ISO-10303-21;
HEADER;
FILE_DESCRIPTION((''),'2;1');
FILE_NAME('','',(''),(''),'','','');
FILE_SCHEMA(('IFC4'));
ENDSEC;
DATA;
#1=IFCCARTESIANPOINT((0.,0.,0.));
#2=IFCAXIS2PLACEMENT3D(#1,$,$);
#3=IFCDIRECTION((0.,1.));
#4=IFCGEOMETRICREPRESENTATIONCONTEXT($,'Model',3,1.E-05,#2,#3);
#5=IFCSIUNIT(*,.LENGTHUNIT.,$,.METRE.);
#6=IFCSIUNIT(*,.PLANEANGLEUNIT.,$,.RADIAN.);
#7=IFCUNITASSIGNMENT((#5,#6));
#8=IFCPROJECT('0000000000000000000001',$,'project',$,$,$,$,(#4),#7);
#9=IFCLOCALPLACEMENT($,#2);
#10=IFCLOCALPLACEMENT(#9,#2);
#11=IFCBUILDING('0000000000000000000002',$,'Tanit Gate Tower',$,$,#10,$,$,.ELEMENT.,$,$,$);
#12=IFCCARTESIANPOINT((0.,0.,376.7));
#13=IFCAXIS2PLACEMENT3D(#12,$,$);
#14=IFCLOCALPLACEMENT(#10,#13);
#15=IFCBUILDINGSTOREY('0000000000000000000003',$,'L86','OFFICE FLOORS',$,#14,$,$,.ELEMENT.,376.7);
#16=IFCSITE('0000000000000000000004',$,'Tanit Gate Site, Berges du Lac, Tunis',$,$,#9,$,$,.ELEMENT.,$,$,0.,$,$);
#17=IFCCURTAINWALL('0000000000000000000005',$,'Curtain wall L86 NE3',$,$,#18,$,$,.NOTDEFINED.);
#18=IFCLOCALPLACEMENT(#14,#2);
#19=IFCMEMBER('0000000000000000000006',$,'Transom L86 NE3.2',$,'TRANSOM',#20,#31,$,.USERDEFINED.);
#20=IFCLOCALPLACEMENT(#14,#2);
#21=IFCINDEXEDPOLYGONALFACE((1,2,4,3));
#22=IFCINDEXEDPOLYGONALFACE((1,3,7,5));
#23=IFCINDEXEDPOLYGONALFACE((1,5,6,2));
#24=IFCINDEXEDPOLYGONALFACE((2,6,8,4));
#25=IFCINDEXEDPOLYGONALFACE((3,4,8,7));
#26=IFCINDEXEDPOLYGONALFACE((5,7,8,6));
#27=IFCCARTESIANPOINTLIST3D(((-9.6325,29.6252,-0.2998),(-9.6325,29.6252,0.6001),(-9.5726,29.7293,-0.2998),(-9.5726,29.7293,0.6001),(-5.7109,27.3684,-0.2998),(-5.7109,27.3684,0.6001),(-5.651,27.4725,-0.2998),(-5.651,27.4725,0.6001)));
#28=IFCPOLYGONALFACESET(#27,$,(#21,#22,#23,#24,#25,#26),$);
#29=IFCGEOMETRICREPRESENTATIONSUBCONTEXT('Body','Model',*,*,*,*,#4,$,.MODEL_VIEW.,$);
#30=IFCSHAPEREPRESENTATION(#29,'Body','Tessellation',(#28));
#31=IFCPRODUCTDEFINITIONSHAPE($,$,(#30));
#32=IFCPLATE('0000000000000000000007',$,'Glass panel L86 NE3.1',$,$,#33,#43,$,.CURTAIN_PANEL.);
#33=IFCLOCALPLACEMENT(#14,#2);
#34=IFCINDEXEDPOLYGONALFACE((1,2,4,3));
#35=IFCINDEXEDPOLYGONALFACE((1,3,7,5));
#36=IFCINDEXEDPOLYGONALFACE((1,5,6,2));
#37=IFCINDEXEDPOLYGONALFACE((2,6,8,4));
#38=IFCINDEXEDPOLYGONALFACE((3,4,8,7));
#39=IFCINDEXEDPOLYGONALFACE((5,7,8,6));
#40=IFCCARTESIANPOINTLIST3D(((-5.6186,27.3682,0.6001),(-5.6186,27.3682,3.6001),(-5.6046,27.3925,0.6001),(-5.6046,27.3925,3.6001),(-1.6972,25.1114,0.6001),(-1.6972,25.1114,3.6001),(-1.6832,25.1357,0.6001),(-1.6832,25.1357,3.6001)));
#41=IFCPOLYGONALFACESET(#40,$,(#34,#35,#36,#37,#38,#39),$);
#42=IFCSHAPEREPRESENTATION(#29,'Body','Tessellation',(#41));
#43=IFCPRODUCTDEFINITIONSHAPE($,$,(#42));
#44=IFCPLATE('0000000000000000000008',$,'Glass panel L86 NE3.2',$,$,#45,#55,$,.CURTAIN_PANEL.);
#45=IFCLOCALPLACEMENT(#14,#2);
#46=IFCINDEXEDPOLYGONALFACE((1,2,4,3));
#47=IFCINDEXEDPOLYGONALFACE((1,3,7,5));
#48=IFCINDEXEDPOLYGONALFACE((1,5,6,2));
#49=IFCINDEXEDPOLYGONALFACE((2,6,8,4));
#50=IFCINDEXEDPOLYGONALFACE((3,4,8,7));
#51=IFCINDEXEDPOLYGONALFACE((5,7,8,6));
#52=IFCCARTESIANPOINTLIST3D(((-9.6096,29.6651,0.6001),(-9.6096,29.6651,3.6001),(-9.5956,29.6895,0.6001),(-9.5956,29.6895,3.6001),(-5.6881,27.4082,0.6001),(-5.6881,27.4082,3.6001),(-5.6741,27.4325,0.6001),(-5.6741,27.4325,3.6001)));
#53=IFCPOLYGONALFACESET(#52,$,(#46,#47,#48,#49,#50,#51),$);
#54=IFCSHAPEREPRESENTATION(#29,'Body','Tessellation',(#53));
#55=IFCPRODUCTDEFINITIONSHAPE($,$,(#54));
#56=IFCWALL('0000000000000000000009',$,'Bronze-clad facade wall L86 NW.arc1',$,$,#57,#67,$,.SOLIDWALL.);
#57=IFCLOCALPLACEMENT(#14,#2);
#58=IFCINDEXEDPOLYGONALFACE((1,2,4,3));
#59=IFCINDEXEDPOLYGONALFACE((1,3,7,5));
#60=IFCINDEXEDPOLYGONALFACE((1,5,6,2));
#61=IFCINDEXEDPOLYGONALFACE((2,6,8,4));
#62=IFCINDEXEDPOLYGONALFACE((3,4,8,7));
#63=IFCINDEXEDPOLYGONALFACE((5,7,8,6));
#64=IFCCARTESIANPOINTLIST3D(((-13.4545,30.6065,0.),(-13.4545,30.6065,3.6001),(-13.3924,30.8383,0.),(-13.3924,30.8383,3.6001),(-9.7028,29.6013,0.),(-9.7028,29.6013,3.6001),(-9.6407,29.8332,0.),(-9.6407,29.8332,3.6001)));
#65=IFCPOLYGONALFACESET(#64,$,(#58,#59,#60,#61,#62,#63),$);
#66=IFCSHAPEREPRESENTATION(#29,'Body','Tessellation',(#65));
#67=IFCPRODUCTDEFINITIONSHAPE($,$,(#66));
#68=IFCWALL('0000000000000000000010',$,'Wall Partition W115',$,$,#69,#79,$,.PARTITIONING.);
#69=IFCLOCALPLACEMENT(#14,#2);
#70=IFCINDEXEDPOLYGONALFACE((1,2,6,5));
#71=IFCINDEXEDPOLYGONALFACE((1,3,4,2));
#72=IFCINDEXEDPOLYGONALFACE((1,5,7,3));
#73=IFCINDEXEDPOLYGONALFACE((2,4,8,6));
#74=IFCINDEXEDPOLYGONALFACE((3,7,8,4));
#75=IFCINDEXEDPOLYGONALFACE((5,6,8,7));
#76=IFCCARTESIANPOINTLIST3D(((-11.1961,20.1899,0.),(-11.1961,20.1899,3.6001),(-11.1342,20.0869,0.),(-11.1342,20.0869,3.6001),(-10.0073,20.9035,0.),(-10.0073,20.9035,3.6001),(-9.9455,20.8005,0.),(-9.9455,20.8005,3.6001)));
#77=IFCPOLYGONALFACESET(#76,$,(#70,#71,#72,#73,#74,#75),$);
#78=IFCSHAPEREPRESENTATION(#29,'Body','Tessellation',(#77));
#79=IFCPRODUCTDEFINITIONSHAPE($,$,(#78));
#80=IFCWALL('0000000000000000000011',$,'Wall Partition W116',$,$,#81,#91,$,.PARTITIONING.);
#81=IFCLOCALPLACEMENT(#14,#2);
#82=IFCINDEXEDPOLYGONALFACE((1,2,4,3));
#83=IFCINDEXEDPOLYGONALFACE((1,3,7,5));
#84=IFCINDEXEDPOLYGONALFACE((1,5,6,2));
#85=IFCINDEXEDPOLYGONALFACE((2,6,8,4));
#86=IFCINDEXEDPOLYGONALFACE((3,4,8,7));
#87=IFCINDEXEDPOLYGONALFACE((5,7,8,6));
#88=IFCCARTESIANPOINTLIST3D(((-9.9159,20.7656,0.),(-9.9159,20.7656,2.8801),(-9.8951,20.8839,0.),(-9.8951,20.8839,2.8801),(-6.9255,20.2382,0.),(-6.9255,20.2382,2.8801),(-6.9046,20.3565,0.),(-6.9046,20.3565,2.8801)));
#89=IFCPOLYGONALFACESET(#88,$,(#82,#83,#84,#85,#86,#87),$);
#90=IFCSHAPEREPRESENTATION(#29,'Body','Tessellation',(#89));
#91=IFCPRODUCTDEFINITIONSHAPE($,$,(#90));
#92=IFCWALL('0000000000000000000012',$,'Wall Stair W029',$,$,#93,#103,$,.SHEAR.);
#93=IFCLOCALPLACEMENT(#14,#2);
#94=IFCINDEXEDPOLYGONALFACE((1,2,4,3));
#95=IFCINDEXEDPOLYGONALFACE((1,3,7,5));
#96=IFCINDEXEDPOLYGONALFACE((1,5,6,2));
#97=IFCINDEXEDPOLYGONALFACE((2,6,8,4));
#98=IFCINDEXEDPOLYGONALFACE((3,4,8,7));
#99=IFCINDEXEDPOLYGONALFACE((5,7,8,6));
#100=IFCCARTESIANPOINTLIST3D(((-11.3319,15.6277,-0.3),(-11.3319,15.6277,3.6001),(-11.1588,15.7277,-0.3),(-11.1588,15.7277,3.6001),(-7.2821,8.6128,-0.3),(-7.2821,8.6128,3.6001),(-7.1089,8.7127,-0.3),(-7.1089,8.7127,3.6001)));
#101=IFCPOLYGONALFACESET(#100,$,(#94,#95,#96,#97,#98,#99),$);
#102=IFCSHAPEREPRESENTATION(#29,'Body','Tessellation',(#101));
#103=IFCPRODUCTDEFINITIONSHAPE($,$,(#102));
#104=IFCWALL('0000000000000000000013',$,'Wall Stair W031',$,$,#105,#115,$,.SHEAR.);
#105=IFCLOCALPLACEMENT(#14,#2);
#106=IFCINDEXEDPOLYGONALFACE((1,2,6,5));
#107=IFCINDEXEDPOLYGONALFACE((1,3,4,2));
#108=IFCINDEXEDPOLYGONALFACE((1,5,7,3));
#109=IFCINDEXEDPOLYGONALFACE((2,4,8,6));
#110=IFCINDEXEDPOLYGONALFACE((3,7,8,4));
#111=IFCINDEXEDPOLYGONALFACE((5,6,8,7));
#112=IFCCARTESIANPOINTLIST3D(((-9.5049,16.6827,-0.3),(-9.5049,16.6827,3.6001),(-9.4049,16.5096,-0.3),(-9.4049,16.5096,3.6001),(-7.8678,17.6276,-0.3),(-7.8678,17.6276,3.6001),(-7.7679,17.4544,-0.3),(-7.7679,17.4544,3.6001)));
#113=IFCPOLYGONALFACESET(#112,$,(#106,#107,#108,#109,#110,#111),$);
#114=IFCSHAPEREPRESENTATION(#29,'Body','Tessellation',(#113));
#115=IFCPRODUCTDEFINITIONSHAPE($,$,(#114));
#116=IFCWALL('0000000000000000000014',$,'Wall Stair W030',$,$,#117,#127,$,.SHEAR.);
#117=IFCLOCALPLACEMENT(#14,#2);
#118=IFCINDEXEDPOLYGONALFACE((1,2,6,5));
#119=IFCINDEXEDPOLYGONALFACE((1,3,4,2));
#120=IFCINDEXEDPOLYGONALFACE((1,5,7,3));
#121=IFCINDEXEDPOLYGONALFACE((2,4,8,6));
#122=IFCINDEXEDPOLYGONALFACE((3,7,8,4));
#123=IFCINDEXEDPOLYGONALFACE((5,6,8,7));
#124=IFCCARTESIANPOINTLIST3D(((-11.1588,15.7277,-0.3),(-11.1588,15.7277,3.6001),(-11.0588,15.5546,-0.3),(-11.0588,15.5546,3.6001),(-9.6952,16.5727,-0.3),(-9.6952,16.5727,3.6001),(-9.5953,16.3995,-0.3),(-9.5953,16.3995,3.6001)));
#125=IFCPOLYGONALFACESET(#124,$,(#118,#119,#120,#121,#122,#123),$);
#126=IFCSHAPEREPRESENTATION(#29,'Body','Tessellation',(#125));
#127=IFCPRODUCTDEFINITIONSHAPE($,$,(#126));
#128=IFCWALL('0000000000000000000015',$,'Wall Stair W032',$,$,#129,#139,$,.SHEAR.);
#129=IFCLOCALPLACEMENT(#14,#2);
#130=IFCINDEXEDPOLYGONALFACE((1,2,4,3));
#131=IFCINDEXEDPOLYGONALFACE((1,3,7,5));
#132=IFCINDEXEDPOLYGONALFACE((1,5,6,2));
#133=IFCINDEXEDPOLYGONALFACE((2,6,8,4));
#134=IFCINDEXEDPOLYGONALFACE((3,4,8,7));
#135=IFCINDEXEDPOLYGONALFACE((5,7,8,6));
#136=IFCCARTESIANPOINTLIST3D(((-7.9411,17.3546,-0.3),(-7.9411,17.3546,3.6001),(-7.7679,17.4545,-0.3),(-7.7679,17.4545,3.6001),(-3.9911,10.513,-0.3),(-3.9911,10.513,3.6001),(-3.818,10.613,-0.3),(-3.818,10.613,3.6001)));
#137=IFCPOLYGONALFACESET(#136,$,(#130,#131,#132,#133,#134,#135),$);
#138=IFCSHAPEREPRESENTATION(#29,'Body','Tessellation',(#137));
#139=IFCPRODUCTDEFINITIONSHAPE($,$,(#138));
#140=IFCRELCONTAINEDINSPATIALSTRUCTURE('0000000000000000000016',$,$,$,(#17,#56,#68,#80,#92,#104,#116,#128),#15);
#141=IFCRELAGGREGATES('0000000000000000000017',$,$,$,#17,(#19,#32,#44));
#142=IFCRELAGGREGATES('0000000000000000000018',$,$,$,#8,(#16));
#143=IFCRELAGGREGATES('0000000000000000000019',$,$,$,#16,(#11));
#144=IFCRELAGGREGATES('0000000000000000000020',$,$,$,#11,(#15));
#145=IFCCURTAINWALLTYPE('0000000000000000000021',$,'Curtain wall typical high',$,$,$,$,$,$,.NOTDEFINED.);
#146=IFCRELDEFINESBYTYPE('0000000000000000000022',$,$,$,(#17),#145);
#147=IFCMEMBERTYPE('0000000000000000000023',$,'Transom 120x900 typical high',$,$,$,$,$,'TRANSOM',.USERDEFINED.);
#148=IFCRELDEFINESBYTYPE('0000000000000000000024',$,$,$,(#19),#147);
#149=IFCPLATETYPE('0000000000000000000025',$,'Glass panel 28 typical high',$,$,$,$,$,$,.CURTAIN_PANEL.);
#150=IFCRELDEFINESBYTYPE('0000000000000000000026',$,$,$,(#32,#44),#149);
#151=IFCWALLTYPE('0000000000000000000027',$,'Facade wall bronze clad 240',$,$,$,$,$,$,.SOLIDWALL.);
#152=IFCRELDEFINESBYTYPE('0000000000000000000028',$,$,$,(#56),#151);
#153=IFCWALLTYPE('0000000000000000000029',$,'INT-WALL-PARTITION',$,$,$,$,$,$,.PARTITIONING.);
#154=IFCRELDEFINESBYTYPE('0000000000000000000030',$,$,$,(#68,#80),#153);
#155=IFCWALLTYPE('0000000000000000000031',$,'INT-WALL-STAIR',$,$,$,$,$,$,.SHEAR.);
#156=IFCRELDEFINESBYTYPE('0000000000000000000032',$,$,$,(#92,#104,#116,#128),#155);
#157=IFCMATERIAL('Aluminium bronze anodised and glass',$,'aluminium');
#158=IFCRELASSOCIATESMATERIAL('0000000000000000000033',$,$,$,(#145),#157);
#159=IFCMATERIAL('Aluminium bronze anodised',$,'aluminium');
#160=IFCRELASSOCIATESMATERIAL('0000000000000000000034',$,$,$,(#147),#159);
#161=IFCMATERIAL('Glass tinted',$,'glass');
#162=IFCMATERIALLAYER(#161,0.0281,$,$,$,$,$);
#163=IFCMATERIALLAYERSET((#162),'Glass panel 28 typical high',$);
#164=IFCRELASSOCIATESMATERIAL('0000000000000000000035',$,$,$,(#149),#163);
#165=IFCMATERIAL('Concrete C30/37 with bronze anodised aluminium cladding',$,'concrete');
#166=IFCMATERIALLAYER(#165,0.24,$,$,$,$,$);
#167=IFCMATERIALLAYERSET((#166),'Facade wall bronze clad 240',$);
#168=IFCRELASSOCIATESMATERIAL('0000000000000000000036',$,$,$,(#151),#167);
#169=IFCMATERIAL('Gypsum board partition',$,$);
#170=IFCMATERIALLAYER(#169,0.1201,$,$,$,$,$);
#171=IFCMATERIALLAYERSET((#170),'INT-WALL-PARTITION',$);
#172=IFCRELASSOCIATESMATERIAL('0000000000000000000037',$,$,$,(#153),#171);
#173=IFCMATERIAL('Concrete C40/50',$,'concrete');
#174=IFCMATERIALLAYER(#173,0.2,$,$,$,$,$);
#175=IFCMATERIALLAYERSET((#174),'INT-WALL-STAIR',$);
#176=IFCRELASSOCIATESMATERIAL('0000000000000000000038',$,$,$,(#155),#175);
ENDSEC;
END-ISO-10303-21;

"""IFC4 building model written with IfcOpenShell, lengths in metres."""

from ifc_helpers import new_model, si_unit, direction, frame, frame_2d, origin, origin_2d, place, context, subcontext, project, spatial, rectangle, extrude, material, layer, layer_set, material_profile, profile_set, type_object, element, aggregate, save


model = new_model("IFC4")

# Units and contexts
model_context = context("Model", 3, precision=1e-05, world=origin(), true_north=direction((0.0, 1.0)))
body_context = subcontext(model_context, "Body", "Model", "MODEL_VIEW")
ifc_project = project(units=[si_unit("LENGTHUNIT", "METRE"), si_unit("PLANEANGLEUNIT", "RADIAN")], contexts=[model_context])

# Site, building, storey
site_placement = place(None, origin())
site = spatial("IfcSite", under=ifc_project, at=site_placement, Name="Tanit Gate Site, Berges du Lac, Tunis", CompositionType="ELEMENT", RefElevation=0.0)
building_placement = place(site_placement, origin())
building = spatial("IfcBuilding", under=site, at=building_placement, Name="Tanit Gate Tower", CompositionType="ELEMENT")
storey_placement = place(building_placement, frame((0.0, 0.0, 376.7)))
storey = spatial("IfcBuildingStorey", under=building, at=storey_placement, Name="L86", Description="OFFICE FLOORS", CompositionType="ELEMENT", Elevation=376.7)

# Curtain wall
ifc_material_1 = material(Name="Aluminium bronze anodised and glass", Category="aluminium")
curtain_wall_type = type_object("IfcCurtainWallType", Name="Curtain wall typical high", PredefinedType="NOTDEFINED", material=ifc_material_1)
curtain_wall_placement = place(storey_placement, origin())
curtain_wall = element("IfcCurtainWall", 1, at=curtain_wall_placement, inside=storey, type_object=curtain_wall_type, Name="Curtain wall L86 NE3", PredefinedType="NOTDEFINED")

# Member
ifc_material_2 = material(Name="Aluminium bronze anodised", Category="aluminium")
ifc_material_profile_1 = material_profile(ifc_material_2, rectangle(XDim=0.1201, YDim=0.8999, at=origin_2d()), Name="120x900 bronze transom")
ifc_profile_set_1 = profile_set([ifc_material_profile_1], Name="Aluminium bronze anodised")
member_type_1 = type_object("IfcMemberType", Name="Transom 120x900 typical high", ElementType="TRANSOM", PredefinedType="USERDEFINED", material=ifc_profile_set_1)
member_1_placement = place(storey_placement, frame((-5.6809, 27.4204, 0.1501), z_axis=(-0.866725, 0.498786, 0.0), x_axis=(-0.498786, -0.866725, 0.0)))
member_1 = element("IfcMember", 2, at=member_1_placement, type_object=member_type_1, Name="Transom L86 NE3.2", ObjectType="TRANSOM", PredefinedType="USERDEFINED", context=body_context, shape_type="SweptSolid", body=[
    extrude(rectangle(XDim=0.1201, YDim=0.8999, at=origin_2d()), origin(), (0.0, 0.0, 1.0), 4.5247),
])

# Plates
ifc_material_3 = material(Name="Glass tinted", Category="glass")
ifc_layer_1 = layer(ifc_material_3, 0.0281)
ifc_layer_set_1 = layer_set([ifc_layer_1], Name="Glass panel 28 typical high")
plate_type = type_object("IfcPlateType", Name="Glass panel 28 typical high", PredefinedType="CURTAIN_PANEL", material=ifc_layer_set_1)
plate_1_placement = place(storey_placement, frame((-3.6509, 26.252, 0.6001), z_axis=(0.0, 0.0, 1.0), x_axis=(-0.86671, 0.498812, 0.0)))
plate_1 = element("IfcPlate", 3, at=plate_1_placement, type_object=plate_type, Name="Glass panel L86 NE3.1", PredefinedType="CURTAIN_PANEL", context=body_context, shape_type="SweptSolid", body=[
    extrude(rectangle(XDim=4.5244, YDim=0.0281, at=origin_2d()), origin(), (0.0, 0.0, 1.0), 3.0),
])
plate_2_placement = place(storey_placement, frame((-7.6418, 28.5488, 0.6001), z_axis=(0.0, 0.0, 1.0), x_axis=(-0.86671, 0.498812, 0.0)))
plate_2 = element("IfcPlate", 4, at=plate_2_placement, type_object=plate_type, Name="Glass panel L86 NE3.2", PredefinedType="CURTAIN_PANEL", context=body_context, shape_type="SweptSolid", body=[
    extrude(rectangle(XDim=4.5247, YDim=0.0281, at=origin_2d()), origin(), (0.0, 0.0, 1.0), 3.0),
])
aggregate(curtain_wall, [member_1, plate_1, plate_2])

# Walls
ifc_material_4 = material(Name="Concrete C30/37 with bronze anodised aluminium cladding", Category="concrete")
ifc_layer_2 = layer(ifc_material_4, 0.24)
ifc_layer_set_2 = layer_set([ifc_layer_2], Name="Facade wall bronze clad 240")
wall_type_1 = type_object("IfcWallType", Name="Facade wall bronze clad 240", PredefinedType="SOLIDWALL", material=ifc_layer_set_2)
wall_1_placement = place(storey_placement, frame((-9.6719, 29.7173, 0.0), z_axis=(0.0, 0.0, 1.0), x_axis=(-0.965935, 0.258785, 0.0)))
element("IfcWall", 5, at=wall_1_placement, inside=storey, type_object=wall_type_1, Name="Bronze-clad facade wall L86 NW.arc1", PredefinedType="SOLIDWALL", context=body_context, shape_type="SweptSolid", body=[
    extrude(rectangle(XDim=3.884, YDim=0.24, at=frame_2d((1.9419, 0.0))), origin(), (0.0, 0.0, 1.0), 3.6001),
])
ifc_material_5 = material(Name="Gypsum board partition")
ifc_layer_3 = layer(ifc_material_5, 0.1201)
ifc_layer_set_3 = layer_set([ifc_layer_3], Name="INT-WALL-PARTITION")
wall_type_2 = type_object("IfcWallType", Name="INT-WALL-PARTITION", PredefinedType="PARTITIONING", material=ifc_layer_set_3)
wall_2_placement = place(storey_placement, frame((-9.9763, 20.8521, 0.0), z_axis=(0.0, 0.0, 1.0), x_axis=(-0.857369, -0.514703, 0.0)))
element("IfcWall", 6, at=wall_2_placement, inside=storey, type_object=wall_type_2, Name="Wall Partition W115", PredefinedType="PARTITIONING", context=body_context, shape_type="SweptSolid", body=[
    extrude(rectangle(XDim=1.3865, YDim=0.1201, at=frame_2d((0.6934, 0.0))), origin(), (0.0, 0.0, 1.0), 3.6001),
])
wall_3_placement = place(storey_placement, frame((-6.915, 20.2974, 0.0), z_axis=(0.0, 0.0, 1.0), x_axis=(-0.984805, 0.173661, 0.0)))
element("IfcWall", 7, at=wall_3_placement, inside=storey, type_object=wall_type_2, Name="Wall Partition W116", PredefinedType="PARTITIONING", context=body_context, shape_type="SweptSolid", body=[
    extrude(rectangle(XDim=3.0366, YDim=0.1201, at=frame_2d((1.5183, 0.0))), origin(), (0.0, 0.0, 1.0), 2.8801),
])
ifc_material_6 = material(Name="Concrete C40/50", Category="concrete")
ifc_layer_4 = layer(ifc_material_6, 0.2)
ifc_layer_set_4 = layer_set([ifc_layer_4], Name="INT-WALL-STAIR")
wall_type_3 = type_object("IfcWallType", Name="INT-WALL-STAIR", PredefinedType="SHEAR", material=ifc_layer_set_4)
wall_4_placement = place(storey_placement, frame((-11.2454, 15.6777, -0.3), z_axis=(0.0, 0.0, 1.0), x_axis=(0.499977, -0.866039, 0.0)))
element("IfcWall", 8, at=wall_4_placement, inside=storey, type_object=wall_type_3, Name="Wall Stair W029", PredefinedType="SHEAR", context=body_context, shape_type="SweptSolid", body=[
    extrude(rectangle(XDim=8.1001, YDim=0.2, at=frame_2d((4.05, 0.0))), origin(), (0.0, 0.0, 1.0), 3.9001),
])
wall_5_placement = place(storey_placement, frame((-7.8179, 17.541, -0.3), z_axis=(0.0, 0.0, 1.0), x_axis=(-0.866089, -0.49989, 0.0)))
element("IfcWall", 9, at=wall_5_placement, inside=storey, type_object=wall_type_3, Name="Wall Stair W031", PredefinedType="SHEAR", context=body_context, shape_type="SweptSolid", body=[
    extrude(rectangle(XDim=1.8901, YDim=0.2, at=frame_2d((0.9451, 0.0))), origin(), (0.0, 0.0, 1.0), 3.9001),
])
wall_6_placement = place(storey_placement, frame((-9.6453, 16.4861, -0.3), z_axis=(0.0, 0.0, 1.0), x_axis=(-0.866039, -0.499977, 0.0)))
element("IfcWall", 10, at=wall_6_placement, inside=storey, type_object=wall_type_3, Name="Wall Stair W030", PredefinedType="SHEAR", context=body_context, shape_type="SweptSolid", body=[
    extrude(rectangle(XDim=1.6899, YDim=0.2, at=frame_2d((0.845, 0.0))), origin(), (0.0, 0.0, 1.0), 3.9001),
])
wall_7_placement = place(storey_placement, frame((-7.8545, 17.4045, -0.3), z_axis=(0.0, 0.0, 1.0), x_axis=(0.499998, -0.866027, 0.0)))
element("IfcWall", 11, at=wall_7_placement, inside=storey, type_object=wall_type_3, Name="Wall Stair W032", PredefinedType="SHEAR", context=body_context, shape_type="SweptSolid", body=[
    extrude(rectangle(XDim=7.8999, YDim=0.2, at=frame_2d((3.95, 0.0))), origin(), (0.0, 0.0, 1.0), 3.9001),
])

save(model, "model.ifc")
